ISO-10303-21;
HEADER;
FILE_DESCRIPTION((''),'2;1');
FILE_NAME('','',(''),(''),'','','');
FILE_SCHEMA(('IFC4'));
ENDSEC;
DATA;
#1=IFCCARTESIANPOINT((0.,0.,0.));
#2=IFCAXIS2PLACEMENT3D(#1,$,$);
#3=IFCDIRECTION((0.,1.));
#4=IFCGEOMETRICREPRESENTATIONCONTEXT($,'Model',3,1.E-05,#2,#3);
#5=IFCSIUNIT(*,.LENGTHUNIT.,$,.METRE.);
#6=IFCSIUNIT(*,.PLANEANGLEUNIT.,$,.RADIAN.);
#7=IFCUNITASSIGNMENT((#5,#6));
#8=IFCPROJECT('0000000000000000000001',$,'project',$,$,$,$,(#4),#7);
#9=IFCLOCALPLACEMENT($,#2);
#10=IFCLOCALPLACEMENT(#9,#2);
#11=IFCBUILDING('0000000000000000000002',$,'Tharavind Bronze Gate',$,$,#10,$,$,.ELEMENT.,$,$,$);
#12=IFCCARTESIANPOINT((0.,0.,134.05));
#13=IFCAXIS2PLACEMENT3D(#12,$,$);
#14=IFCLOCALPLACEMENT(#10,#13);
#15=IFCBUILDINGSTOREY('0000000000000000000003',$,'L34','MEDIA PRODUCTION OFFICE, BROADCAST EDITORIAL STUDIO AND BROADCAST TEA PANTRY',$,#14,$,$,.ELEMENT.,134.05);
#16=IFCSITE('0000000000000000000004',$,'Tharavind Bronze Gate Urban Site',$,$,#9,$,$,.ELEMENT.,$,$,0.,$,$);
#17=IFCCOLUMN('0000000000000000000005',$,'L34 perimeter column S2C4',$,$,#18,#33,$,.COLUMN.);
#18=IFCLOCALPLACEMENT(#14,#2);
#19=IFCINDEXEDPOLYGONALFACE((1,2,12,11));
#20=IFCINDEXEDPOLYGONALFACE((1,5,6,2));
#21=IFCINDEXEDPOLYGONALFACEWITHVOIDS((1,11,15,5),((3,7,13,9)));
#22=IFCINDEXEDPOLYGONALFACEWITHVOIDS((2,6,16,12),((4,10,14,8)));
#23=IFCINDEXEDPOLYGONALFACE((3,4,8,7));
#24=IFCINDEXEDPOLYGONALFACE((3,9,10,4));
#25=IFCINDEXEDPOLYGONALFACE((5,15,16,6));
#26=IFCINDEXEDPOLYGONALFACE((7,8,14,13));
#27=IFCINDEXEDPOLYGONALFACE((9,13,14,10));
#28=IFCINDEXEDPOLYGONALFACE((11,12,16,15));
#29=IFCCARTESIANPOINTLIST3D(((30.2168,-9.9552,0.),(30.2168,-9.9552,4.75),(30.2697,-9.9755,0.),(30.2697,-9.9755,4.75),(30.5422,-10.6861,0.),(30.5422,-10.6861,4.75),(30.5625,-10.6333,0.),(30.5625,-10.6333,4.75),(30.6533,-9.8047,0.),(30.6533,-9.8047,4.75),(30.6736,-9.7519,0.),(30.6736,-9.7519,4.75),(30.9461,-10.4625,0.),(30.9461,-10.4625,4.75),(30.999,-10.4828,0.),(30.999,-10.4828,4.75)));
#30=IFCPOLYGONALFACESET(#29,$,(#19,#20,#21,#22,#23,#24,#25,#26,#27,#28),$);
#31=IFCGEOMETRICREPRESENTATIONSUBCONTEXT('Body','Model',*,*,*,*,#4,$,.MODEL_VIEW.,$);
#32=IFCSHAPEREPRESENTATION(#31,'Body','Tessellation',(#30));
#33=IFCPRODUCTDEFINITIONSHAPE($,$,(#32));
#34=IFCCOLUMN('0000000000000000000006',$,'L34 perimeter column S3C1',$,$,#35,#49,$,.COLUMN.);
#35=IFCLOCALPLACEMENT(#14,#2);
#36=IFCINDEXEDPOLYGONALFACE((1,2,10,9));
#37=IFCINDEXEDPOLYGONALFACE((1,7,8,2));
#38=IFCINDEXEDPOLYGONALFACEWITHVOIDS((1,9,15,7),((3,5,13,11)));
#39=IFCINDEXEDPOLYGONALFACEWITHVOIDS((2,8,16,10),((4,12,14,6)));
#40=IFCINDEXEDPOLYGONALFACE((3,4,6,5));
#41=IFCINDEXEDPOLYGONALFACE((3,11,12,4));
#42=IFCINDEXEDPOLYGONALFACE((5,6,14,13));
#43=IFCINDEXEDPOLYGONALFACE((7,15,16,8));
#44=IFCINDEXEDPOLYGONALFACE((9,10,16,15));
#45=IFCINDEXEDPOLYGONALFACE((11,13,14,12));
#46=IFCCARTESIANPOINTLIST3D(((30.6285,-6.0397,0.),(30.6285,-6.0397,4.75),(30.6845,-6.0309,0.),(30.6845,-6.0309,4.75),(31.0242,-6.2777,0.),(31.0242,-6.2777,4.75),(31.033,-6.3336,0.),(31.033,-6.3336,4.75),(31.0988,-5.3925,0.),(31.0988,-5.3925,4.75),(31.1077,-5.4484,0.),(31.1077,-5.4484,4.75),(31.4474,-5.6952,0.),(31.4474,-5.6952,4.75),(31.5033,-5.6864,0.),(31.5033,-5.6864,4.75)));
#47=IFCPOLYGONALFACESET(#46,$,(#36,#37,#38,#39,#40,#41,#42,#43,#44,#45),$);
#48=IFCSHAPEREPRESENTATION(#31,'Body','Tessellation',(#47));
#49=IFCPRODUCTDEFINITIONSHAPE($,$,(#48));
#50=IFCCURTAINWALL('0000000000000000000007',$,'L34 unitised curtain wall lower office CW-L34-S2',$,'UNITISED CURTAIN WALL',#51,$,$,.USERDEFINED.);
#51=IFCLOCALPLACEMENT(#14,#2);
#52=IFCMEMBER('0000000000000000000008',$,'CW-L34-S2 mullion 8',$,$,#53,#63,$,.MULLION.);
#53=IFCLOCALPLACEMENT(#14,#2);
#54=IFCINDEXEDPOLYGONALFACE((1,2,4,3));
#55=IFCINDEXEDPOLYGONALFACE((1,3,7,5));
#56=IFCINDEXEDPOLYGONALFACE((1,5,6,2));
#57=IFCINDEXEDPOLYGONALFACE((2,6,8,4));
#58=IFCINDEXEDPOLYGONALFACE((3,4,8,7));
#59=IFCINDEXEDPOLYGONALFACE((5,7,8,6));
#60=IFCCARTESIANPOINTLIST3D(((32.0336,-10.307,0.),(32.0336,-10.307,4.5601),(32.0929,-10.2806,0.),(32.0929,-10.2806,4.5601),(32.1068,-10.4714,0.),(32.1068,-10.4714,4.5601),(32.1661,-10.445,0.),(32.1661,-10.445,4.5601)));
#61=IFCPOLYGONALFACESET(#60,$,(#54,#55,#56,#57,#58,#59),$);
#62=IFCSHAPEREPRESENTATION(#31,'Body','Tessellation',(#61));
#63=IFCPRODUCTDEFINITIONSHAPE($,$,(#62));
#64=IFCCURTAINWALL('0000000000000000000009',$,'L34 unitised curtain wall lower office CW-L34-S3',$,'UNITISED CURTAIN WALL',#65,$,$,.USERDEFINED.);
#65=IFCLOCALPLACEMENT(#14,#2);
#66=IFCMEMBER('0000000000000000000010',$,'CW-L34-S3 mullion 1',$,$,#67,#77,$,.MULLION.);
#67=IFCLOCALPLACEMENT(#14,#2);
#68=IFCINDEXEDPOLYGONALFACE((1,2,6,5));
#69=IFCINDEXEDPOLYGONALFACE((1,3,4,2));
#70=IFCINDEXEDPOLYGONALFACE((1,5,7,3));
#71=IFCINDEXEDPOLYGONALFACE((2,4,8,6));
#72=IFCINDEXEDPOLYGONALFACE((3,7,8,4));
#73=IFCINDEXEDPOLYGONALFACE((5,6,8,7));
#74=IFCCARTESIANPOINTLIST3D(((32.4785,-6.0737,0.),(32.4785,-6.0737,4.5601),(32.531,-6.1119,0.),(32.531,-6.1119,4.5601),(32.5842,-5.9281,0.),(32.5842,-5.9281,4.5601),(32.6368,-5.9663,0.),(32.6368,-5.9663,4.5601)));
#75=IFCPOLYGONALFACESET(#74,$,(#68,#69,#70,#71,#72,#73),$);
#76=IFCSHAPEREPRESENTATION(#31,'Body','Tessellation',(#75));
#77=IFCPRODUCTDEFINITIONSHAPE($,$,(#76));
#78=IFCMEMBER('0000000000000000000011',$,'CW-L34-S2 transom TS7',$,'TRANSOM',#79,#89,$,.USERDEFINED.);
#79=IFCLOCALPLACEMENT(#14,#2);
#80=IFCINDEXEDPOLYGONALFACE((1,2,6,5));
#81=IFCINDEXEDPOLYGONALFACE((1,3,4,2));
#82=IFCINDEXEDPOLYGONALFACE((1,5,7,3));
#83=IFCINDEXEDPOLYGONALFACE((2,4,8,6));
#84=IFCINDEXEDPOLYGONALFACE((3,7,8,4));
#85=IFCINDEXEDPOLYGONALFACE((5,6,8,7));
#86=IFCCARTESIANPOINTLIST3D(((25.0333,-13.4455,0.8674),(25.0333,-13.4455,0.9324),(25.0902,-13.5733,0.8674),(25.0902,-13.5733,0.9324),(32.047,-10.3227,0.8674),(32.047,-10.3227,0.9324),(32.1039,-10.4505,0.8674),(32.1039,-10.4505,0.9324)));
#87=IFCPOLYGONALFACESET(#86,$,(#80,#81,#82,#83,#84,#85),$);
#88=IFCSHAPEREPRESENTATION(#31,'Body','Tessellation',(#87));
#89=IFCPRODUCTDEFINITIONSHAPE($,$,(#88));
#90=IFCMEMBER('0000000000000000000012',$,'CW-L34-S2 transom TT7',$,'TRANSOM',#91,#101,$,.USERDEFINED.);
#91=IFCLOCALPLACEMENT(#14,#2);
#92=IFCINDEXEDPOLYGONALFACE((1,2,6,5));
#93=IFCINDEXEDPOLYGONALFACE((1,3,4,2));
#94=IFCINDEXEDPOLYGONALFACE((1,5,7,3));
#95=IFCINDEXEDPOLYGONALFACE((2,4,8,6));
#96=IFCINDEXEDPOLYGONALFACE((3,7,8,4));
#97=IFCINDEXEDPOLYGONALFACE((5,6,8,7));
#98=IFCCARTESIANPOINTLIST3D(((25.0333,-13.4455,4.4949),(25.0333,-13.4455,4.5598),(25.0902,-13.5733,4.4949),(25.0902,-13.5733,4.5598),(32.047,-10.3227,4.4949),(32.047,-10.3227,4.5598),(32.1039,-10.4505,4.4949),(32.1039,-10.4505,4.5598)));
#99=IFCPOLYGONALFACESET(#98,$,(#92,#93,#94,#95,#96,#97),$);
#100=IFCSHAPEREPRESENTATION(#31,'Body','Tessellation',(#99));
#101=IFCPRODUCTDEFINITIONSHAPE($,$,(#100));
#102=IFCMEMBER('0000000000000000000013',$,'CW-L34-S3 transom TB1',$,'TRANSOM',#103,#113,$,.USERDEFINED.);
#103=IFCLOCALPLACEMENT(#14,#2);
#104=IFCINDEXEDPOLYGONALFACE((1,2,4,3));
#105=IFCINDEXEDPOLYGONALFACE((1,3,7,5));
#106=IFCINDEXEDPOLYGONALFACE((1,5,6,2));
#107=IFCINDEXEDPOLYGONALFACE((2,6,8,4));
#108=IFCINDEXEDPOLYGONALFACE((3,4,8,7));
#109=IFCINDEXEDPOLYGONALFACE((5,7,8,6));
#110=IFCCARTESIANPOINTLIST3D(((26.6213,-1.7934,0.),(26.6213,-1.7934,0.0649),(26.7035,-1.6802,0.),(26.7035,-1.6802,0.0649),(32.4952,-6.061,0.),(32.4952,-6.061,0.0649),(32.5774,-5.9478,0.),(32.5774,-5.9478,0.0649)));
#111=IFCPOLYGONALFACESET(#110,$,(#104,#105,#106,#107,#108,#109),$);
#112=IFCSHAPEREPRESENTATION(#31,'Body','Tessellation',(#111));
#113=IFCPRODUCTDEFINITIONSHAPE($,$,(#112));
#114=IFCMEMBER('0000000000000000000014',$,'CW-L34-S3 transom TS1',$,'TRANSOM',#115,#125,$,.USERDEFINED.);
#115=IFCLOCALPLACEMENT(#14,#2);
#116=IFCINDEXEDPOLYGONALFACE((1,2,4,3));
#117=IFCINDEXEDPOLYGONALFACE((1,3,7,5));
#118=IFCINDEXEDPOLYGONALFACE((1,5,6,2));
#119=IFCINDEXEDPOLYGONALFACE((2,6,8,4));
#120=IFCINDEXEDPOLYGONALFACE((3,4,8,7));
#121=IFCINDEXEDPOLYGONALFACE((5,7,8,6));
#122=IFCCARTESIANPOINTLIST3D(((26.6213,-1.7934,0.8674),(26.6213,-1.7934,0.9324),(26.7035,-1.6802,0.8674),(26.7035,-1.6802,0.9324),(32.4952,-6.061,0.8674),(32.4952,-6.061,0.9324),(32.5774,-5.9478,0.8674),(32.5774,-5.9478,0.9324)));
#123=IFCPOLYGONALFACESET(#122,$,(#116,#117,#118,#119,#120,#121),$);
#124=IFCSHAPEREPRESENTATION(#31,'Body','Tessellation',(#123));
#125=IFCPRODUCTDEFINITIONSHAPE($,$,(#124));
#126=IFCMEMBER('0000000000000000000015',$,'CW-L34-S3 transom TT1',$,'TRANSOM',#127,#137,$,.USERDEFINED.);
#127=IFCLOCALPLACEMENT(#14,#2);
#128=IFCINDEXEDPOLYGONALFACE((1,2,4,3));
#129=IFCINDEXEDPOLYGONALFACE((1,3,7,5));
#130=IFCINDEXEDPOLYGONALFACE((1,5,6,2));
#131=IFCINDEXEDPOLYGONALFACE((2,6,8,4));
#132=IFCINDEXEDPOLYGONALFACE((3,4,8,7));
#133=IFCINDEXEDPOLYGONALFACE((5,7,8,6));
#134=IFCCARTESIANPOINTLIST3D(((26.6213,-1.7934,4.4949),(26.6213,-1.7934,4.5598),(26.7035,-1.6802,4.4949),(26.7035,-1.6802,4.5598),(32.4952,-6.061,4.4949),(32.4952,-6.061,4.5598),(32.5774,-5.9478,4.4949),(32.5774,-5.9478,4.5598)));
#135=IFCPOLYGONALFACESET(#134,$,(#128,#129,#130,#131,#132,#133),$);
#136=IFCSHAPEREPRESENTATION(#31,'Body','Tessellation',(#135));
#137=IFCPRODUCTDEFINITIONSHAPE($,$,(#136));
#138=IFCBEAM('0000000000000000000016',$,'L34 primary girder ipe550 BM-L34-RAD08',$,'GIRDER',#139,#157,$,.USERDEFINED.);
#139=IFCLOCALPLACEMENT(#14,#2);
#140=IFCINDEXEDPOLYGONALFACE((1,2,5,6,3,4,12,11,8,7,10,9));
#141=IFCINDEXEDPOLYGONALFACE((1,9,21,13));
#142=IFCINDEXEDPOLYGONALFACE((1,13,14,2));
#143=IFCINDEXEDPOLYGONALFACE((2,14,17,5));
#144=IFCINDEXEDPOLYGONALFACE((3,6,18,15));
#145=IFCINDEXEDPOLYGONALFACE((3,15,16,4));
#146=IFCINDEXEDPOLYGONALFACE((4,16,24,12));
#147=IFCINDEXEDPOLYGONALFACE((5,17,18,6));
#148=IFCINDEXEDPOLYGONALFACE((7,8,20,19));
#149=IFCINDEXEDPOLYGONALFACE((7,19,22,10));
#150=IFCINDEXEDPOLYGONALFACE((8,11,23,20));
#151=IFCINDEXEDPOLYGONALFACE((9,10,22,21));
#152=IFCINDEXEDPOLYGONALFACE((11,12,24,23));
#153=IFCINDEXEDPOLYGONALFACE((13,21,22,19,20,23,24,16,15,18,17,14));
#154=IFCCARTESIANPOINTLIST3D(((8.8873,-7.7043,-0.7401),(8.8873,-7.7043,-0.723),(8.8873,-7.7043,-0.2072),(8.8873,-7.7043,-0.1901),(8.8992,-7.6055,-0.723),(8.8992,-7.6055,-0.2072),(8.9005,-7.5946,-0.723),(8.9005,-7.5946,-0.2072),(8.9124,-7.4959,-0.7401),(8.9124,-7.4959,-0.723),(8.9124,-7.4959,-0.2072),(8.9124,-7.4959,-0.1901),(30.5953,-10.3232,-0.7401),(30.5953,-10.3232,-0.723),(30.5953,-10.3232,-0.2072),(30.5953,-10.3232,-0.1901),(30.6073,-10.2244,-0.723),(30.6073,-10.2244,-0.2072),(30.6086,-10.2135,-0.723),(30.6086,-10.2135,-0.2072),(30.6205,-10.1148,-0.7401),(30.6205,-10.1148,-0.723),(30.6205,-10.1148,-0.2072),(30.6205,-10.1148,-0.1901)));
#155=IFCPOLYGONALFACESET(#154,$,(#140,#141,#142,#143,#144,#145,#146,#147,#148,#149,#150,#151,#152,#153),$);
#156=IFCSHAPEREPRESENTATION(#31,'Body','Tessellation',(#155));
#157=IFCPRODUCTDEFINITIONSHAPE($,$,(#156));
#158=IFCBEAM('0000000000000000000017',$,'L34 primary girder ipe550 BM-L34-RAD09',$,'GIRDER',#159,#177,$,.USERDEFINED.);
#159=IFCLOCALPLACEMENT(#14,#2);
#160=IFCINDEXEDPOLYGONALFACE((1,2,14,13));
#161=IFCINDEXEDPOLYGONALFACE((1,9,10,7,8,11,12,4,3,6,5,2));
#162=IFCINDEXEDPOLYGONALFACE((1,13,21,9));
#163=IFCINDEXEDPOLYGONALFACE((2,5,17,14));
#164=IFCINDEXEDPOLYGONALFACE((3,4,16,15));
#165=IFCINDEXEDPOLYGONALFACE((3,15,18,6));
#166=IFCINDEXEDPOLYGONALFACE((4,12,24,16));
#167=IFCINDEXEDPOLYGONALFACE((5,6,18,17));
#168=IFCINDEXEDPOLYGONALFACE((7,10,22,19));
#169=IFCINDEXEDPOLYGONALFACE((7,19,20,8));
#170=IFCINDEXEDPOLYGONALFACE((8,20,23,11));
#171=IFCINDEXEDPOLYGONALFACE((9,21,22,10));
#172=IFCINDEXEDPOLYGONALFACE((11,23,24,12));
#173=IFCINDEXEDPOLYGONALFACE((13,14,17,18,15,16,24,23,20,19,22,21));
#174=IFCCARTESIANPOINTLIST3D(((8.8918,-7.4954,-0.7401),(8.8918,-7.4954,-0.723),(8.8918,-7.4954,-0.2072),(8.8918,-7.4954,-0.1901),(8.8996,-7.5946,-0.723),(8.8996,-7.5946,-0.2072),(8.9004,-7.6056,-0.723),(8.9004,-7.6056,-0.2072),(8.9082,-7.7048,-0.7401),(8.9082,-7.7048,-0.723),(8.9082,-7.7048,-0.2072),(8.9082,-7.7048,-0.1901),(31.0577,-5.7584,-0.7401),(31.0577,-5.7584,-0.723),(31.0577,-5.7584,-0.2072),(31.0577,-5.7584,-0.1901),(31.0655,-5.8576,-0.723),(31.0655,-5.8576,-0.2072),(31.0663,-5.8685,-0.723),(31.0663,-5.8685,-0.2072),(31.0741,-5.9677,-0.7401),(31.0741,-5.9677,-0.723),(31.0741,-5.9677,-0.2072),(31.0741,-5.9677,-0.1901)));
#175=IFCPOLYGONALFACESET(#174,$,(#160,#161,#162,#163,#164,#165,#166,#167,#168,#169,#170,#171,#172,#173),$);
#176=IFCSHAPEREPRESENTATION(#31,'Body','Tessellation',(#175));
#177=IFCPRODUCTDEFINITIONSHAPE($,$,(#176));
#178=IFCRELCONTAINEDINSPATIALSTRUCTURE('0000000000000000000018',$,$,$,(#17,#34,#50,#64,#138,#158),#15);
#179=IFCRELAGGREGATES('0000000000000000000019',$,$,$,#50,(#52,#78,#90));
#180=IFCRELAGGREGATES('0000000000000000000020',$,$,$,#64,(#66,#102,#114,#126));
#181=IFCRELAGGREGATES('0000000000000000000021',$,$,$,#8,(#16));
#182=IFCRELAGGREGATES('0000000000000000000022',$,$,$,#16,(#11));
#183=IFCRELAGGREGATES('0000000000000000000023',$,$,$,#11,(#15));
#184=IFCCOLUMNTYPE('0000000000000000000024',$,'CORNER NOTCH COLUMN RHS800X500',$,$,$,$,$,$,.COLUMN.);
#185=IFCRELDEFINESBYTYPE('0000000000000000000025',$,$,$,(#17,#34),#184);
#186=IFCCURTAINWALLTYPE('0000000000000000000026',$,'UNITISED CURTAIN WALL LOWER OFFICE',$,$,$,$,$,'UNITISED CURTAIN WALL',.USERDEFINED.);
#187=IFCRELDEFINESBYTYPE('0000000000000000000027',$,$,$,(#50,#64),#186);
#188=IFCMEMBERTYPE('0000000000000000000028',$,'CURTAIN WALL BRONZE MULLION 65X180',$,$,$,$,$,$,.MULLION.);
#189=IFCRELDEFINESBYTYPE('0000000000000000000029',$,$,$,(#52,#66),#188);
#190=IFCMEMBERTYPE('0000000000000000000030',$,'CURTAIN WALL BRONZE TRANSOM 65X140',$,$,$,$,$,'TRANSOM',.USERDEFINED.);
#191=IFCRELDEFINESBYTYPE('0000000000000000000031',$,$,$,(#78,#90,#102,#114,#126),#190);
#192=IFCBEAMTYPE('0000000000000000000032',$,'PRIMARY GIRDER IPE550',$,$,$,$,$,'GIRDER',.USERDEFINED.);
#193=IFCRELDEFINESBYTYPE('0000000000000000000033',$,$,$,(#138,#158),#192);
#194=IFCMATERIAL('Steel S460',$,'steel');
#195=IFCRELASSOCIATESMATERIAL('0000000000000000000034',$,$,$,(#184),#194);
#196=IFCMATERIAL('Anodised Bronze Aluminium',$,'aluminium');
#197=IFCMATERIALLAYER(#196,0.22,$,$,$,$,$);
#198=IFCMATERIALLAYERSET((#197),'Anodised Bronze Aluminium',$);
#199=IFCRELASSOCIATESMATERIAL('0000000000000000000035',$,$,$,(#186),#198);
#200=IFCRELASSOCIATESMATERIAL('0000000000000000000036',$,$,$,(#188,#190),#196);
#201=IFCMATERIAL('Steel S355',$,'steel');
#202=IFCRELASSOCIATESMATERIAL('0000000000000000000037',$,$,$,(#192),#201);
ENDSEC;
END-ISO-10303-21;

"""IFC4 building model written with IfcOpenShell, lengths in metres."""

from ifc_helpers import new_model, si_unit, direction, frame, origin, origin_2d, place, context, subcontext, project, spatial, rectangle, hollow_rectangle, i_section, extrude, material, layer, layer_set, material_profile, profile_set, type_object, element, aggregate, save


model = new_model("IFC4")

# Units and contexts
model_context = context("Model", 3, precision=1e-05, world=origin(), true_north=direction((0.0, 1.0)))
body_context = subcontext(model_context, "Body", "Model", "MODEL_VIEW")
ifc_project = project(units=[si_unit("LENGTHUNIT", "METRE"), si_unit("PLANEANGLEUNIT", "RADIAN")], contexts=[model_context])

# Site, building, storey
site_placement = place(None, origin())
site = spatial("IfcSite", under=ifc_project, at=site_placement, Name="Tharavind Bronze Gate Urban Site", CompositionType="ELEMENT", RefElevation=0.0)
building_placement = place(site_placement, origin())
building = spatial("IfcBuilding", under=site, at=building_placement, Name="Tharavind Bronze Gate", CompositionType="ELEMENT")
storey_placement = place(building_placement, frame((0.0, 0.0, 134.05)))
storey = spatial("IfcBuildingStorey", under=building, at=storey_placement, Name="L34", Description="MEDIA PRODUCTION OFFICE, BROADCAST EDITORIAL STUDIO AND BROADCAST TEA PANTRY", CompositionType="ELEMENT", Elevation=134.05)

# Columns
ifc_material_1 = material(Name="Steel S460", Category="steel")
ifc_material_profile_1 = material_profile(ifc_material_1, hollow_rectangle(XDim=0.5, YDim=0.8, WallThickness=0.04, at=origin_2d()), Name="RHS800X500X40")
ifc_profile_set_1 = profile_set([ifc_material_profile_1], Name="Steel S460")
column_type = type_object("IfcColumnType", Name="CORNER NOTCH COLUMN RHS800X500", PredefinedType="COLUMN", material=ifc_profile_set_1)
for number, where, z_axis, x_axis, name in (
    (1, (30.6079, -10.219, 0.0), (0.0, 0.0, 1.0), (0.913545, 0.406737, 0.0), "L34 perimeter column S2C4"),
    (2, (31.0659, -5.863, 0.0), (0.0, 0.0, 1.0), (-0.809017, 0.587785, 0.0), "L34 perimeter column S3C1"),
):
    element("IfcColumn", number, at=place(storey_placement, frame(where, z_axis=z_axis, x_axis=x_axis)), inside=storey, type_object=column_type, Name=name, PredefinedType="COLUMN", context=body_context, shape_type="SweptSolid", body=[
        extrude(hollow_rectangle(XDim=0.5, YDim=0.8, WallThickness=0.04, at=origin_2d()), origin(), (0.0, 0.0, 1.0), 4.75),
    ])

# Curtain walls, members
ifc_material_2 = material(Name="Anodised Bronze Aluminium", Category="aluminium")
ifc_layer_1 = layer(ifc_material_2, 0.22)
ifc_layer_set_1 = layer_set([ifc_layer_1], Name="Anodised Bronze Aluminium")
curtain_wall_type = type_object("IfcCurtainWallType", Name="UNITISED CURTAIN WALL LOWER OFFICE", ElementType="UNITISED CURTAIN WALL", PredefinedType="USERDEFINED", material=ifc_layer_set_1)
curtain_wall_1_placement = place(storey_placement, origin())
curtain_wall_1 = element("IfcCurtainWall", 3, at=curtain_wall_1_placement, inside=storey, type_object=curtain_wall_type, Name="L34 unitised curtain wall lower office CW-L34-S2", ObjectType="UNITISED CURTAIN WALL", PredefinedType="USERDEFINED")
member_type_1 = type_object("IfcMemberType", Name="CURTAIN WALL BRONZE MULLION 65X180", PredefinedType="MULLION", material=ifc_material_2)
member_1_placement = place(storey_placement, frame((32.0999, -10.376, 0.0), z_axis=(0.0, 0.0, 1.0), x_axis=(0.913545, 0.406737, 0.0)))
member_1 = element("IfcMember", 4, at=member_1_placement, type_object=member_type_1, Name="CW-L34-S2 mullion 8", PredefinedType="MULLION", context=body_context, shape_type="SweptSolid", body=[
    extrude(rectangle(XDim=0.0649, YDim=0.1799, at=origin_2d()), origin(), (0.0, 0.0, 1.0), 4.5601),
])
curtain_wall_2_placement = place(storey_placement, origin())
curtain_wall_2 = element("IfcCurtainWall", 5, at=curtain_wall_2_placement, inside=storey, type_object=curtain_wall_type, Name="L34 unitised curtain wall lower office CW-L34-S3", ObjectType="UNITISED CURTAIN WALL", PredefinedType="USERDEFINED")
member_2_placement = place(storey_placement, frame((32.5576, -6.02, 0.0), z_axis=(0.0, 0.0, 1.0), x_axis=(-0.809017, 0.587785, 0.0)))
member_2 = element("IfcMember", 6, at=member_2_placement, type_object=member_type_1, Name="CW-L34-S3 mullion 1", PredefinedType="MULLION", context=body_context, shape_type="SweptSolid", body=[
    extrude(rectangle(XDim=0.0649, YDim=0.1799, at=origin_2d()), origin(), (0.0, 0.0, 1.0), 4.5601),
])

# Members
member_type_2 = type_object("IfcMemberType", Name="CURTAIN WALL BRONZE TRANSOM 65X140", ElementType="TRANSOM", PredefinedType="USERDEFINED", material=ifc_material_2)
member_3_placement = place(storey_placement, frame((28.5686, -11.948, 0.8674), z_axis=(0.0, 0.0, 1.0), x_axis=(0.913545, 0.406737, 0.0)))
member_3 = element("IfcMember", 7, at=member_3_placement, type_object=member_type_2, Name="CW-L34-S2 transom TS7", ObjectType="TRANSOM", PredefinedType="USERDEFINED", context=body_context, shape_type="SweptSolid", body=[
    extrude(rectangle(XDim=7.6775, YDim=0.1399, at=origin_2d()), origin(), (0.0, 0.0, 1.0), 0.0649),
])
member_4_placement = place(storey_placement, frame((28.5686, -11.948, 4.4949), z_axis=(0.0, 0.0, 1.0), x_axis=(0.913545, 0.406737, 0.0)))
member_4 = element("IfcMember", 8, at=member_4_placement, type_object=member_type_2, Name="CW-L34-S2 transom TT7", ObjectType="TRANSOM", PredefinedType="USERDEFINED", context=body_context, shape_type="SweptSolid", body=[
    extrude(rectangle(XDim=7.6775, YDim=0.1399, at=origin_2d()), origin(), (0.0, 0.0, 1.0), 0.0649),
])
member_5_placement = place(storey_placement, frame((29.5994, -3.8706, 0.0), z_axis=(0.0, 0.0, 1.0), x_axis=(-0.809017, 0.587785, 0.0)))
member_5 = element("IfcMember", 9, at=member_5_placement, type_object=member_type_2, Name="CW-L34-S3 transom TB1", ObjectType="TRANSOM", PredefinedType="USERDEFINED", context=body_context, shape_type="SweptSolid", body=[
    extrude(rectangle(XDim=7.2605, YDim=0.1399, at=origin_2d()), origin(), (0.0, 0.0, 1.0), 0.0649),
])
member_6_placement = place(storey_placement, frame((29.5994, -3.8706, 0.8674), z_axis=(0.0, 0.0, 1.0), x_axis=(-0.809017, 0.587785, 0.0)))
member_6 = element("IfcMember", 10, at=member_6_placement, type_object=member_type_2, Name="CW-L34-S3 transom TS1", ObjectType="TRANSOM", PredefinedType="USERDEFINED", context=body_context, shape_type="SweptSolid", body=[
    extrude(rectangle(XDim=7.2605, YDim=0.1399, at=origin_2d()), origin(), (0.0, 0.0, 1.0), 0.0649),
])
member_7_placement = place(storey_placement, frame((29.5994, -3.8706, 4.4949), z_axis=(0.0, 0.0, 1.0), x_axis=(-0.809017, 0.587785, 0.0)))
member_7 = element("IfcMember", 11, at=member_7_placement, type_object=member_type_2, Name="CW-L34-S3 transom TT1", ObjectType="TRANSOM", PredefinedType="USERDEFINED", context=body_context, shape_type="SweptSolid", body=[
    extrude(rectangle(XDim=7.2605, YDim=0.1399, at=origin_2d()), origin(), (0.0, 0.0, 1.0), 0.0649),
])

# Beams
ifc_material_3 = material(Name="Steel S355", Category="steel")
ifc_material_profile_2 = material_profile(ifc_material_3, i_section(OverallWidth=0.21, OverallDepth=0.55, WebThickness=0.011, FlangeThickness=0.0171, at=origin_2d()), Name="IPE550")
ifc_profile_set_2 = profile_set([ifc_material_profile_2], Name="Steel S355")
beam_type_1 = type_object("IfcBeamType", Name="PRIMARY GIRDER IPE550", ElementType="GIRDER", PredefinedType="USERDEFINED", material=ifc_profile_set_2)
beam_1_placement = place(storey_placement, frame((30.6079, -10.219, -0.4651), z_axis=(-0.992801, 0.119773, 0.0), x_axis=(-0.119773, -0.992801, 0.0)))
element("IfcBeam", 12, at=beam_1_placement, inside=storey, type_object=beam_type_1, Name="L34 primary girder ipe550 BM-L34-RAD08", ObjectType="GIRDER", PredefinedType="USERDEFINED", context=body_context, shape_type="SweptSolid", body=[
    extrude(i_section(OverallWidth=0.21, OverallDepth=0.55, WebThickness=0.011, FlangeThickness=0.0171, at=origin_2d()), origin(), (0.0, 0.0, 1.0), 21.8655),
])
beam_2_placement = place(storey_placement, frame((31.0659, -5.863, -0.4651), z_axis=(-0.996943, -0.078126, 0.0), x_axis=(0.078126, -0.996943, 0.0)))
element("IfcBeam", 13, at=beam_2_placement, inside=storey, type_object=beam_type_1, Name="L34 primary girder ipe550 BM-L34-RAD09", ObjectType="GIRDER", PredefinedType="USERDEFINED", context=body_context, shape_type="SweptSolid", body=[
    extrude(i_section(OverallWidth=0.21, OverallDepth=0.55, WebThickness=0.011, FlangeThickness=0.0171, at=origin_2d()), origin(), (0.0, 0.0, 1.0), 22.2339),
])

aggregate(curtain_wall_1, [member_1, member_3, member_4])
aggregate(curtain_wall_2, [member_2, member_5, member_6, member_7])

save(model, "model.ifc")
